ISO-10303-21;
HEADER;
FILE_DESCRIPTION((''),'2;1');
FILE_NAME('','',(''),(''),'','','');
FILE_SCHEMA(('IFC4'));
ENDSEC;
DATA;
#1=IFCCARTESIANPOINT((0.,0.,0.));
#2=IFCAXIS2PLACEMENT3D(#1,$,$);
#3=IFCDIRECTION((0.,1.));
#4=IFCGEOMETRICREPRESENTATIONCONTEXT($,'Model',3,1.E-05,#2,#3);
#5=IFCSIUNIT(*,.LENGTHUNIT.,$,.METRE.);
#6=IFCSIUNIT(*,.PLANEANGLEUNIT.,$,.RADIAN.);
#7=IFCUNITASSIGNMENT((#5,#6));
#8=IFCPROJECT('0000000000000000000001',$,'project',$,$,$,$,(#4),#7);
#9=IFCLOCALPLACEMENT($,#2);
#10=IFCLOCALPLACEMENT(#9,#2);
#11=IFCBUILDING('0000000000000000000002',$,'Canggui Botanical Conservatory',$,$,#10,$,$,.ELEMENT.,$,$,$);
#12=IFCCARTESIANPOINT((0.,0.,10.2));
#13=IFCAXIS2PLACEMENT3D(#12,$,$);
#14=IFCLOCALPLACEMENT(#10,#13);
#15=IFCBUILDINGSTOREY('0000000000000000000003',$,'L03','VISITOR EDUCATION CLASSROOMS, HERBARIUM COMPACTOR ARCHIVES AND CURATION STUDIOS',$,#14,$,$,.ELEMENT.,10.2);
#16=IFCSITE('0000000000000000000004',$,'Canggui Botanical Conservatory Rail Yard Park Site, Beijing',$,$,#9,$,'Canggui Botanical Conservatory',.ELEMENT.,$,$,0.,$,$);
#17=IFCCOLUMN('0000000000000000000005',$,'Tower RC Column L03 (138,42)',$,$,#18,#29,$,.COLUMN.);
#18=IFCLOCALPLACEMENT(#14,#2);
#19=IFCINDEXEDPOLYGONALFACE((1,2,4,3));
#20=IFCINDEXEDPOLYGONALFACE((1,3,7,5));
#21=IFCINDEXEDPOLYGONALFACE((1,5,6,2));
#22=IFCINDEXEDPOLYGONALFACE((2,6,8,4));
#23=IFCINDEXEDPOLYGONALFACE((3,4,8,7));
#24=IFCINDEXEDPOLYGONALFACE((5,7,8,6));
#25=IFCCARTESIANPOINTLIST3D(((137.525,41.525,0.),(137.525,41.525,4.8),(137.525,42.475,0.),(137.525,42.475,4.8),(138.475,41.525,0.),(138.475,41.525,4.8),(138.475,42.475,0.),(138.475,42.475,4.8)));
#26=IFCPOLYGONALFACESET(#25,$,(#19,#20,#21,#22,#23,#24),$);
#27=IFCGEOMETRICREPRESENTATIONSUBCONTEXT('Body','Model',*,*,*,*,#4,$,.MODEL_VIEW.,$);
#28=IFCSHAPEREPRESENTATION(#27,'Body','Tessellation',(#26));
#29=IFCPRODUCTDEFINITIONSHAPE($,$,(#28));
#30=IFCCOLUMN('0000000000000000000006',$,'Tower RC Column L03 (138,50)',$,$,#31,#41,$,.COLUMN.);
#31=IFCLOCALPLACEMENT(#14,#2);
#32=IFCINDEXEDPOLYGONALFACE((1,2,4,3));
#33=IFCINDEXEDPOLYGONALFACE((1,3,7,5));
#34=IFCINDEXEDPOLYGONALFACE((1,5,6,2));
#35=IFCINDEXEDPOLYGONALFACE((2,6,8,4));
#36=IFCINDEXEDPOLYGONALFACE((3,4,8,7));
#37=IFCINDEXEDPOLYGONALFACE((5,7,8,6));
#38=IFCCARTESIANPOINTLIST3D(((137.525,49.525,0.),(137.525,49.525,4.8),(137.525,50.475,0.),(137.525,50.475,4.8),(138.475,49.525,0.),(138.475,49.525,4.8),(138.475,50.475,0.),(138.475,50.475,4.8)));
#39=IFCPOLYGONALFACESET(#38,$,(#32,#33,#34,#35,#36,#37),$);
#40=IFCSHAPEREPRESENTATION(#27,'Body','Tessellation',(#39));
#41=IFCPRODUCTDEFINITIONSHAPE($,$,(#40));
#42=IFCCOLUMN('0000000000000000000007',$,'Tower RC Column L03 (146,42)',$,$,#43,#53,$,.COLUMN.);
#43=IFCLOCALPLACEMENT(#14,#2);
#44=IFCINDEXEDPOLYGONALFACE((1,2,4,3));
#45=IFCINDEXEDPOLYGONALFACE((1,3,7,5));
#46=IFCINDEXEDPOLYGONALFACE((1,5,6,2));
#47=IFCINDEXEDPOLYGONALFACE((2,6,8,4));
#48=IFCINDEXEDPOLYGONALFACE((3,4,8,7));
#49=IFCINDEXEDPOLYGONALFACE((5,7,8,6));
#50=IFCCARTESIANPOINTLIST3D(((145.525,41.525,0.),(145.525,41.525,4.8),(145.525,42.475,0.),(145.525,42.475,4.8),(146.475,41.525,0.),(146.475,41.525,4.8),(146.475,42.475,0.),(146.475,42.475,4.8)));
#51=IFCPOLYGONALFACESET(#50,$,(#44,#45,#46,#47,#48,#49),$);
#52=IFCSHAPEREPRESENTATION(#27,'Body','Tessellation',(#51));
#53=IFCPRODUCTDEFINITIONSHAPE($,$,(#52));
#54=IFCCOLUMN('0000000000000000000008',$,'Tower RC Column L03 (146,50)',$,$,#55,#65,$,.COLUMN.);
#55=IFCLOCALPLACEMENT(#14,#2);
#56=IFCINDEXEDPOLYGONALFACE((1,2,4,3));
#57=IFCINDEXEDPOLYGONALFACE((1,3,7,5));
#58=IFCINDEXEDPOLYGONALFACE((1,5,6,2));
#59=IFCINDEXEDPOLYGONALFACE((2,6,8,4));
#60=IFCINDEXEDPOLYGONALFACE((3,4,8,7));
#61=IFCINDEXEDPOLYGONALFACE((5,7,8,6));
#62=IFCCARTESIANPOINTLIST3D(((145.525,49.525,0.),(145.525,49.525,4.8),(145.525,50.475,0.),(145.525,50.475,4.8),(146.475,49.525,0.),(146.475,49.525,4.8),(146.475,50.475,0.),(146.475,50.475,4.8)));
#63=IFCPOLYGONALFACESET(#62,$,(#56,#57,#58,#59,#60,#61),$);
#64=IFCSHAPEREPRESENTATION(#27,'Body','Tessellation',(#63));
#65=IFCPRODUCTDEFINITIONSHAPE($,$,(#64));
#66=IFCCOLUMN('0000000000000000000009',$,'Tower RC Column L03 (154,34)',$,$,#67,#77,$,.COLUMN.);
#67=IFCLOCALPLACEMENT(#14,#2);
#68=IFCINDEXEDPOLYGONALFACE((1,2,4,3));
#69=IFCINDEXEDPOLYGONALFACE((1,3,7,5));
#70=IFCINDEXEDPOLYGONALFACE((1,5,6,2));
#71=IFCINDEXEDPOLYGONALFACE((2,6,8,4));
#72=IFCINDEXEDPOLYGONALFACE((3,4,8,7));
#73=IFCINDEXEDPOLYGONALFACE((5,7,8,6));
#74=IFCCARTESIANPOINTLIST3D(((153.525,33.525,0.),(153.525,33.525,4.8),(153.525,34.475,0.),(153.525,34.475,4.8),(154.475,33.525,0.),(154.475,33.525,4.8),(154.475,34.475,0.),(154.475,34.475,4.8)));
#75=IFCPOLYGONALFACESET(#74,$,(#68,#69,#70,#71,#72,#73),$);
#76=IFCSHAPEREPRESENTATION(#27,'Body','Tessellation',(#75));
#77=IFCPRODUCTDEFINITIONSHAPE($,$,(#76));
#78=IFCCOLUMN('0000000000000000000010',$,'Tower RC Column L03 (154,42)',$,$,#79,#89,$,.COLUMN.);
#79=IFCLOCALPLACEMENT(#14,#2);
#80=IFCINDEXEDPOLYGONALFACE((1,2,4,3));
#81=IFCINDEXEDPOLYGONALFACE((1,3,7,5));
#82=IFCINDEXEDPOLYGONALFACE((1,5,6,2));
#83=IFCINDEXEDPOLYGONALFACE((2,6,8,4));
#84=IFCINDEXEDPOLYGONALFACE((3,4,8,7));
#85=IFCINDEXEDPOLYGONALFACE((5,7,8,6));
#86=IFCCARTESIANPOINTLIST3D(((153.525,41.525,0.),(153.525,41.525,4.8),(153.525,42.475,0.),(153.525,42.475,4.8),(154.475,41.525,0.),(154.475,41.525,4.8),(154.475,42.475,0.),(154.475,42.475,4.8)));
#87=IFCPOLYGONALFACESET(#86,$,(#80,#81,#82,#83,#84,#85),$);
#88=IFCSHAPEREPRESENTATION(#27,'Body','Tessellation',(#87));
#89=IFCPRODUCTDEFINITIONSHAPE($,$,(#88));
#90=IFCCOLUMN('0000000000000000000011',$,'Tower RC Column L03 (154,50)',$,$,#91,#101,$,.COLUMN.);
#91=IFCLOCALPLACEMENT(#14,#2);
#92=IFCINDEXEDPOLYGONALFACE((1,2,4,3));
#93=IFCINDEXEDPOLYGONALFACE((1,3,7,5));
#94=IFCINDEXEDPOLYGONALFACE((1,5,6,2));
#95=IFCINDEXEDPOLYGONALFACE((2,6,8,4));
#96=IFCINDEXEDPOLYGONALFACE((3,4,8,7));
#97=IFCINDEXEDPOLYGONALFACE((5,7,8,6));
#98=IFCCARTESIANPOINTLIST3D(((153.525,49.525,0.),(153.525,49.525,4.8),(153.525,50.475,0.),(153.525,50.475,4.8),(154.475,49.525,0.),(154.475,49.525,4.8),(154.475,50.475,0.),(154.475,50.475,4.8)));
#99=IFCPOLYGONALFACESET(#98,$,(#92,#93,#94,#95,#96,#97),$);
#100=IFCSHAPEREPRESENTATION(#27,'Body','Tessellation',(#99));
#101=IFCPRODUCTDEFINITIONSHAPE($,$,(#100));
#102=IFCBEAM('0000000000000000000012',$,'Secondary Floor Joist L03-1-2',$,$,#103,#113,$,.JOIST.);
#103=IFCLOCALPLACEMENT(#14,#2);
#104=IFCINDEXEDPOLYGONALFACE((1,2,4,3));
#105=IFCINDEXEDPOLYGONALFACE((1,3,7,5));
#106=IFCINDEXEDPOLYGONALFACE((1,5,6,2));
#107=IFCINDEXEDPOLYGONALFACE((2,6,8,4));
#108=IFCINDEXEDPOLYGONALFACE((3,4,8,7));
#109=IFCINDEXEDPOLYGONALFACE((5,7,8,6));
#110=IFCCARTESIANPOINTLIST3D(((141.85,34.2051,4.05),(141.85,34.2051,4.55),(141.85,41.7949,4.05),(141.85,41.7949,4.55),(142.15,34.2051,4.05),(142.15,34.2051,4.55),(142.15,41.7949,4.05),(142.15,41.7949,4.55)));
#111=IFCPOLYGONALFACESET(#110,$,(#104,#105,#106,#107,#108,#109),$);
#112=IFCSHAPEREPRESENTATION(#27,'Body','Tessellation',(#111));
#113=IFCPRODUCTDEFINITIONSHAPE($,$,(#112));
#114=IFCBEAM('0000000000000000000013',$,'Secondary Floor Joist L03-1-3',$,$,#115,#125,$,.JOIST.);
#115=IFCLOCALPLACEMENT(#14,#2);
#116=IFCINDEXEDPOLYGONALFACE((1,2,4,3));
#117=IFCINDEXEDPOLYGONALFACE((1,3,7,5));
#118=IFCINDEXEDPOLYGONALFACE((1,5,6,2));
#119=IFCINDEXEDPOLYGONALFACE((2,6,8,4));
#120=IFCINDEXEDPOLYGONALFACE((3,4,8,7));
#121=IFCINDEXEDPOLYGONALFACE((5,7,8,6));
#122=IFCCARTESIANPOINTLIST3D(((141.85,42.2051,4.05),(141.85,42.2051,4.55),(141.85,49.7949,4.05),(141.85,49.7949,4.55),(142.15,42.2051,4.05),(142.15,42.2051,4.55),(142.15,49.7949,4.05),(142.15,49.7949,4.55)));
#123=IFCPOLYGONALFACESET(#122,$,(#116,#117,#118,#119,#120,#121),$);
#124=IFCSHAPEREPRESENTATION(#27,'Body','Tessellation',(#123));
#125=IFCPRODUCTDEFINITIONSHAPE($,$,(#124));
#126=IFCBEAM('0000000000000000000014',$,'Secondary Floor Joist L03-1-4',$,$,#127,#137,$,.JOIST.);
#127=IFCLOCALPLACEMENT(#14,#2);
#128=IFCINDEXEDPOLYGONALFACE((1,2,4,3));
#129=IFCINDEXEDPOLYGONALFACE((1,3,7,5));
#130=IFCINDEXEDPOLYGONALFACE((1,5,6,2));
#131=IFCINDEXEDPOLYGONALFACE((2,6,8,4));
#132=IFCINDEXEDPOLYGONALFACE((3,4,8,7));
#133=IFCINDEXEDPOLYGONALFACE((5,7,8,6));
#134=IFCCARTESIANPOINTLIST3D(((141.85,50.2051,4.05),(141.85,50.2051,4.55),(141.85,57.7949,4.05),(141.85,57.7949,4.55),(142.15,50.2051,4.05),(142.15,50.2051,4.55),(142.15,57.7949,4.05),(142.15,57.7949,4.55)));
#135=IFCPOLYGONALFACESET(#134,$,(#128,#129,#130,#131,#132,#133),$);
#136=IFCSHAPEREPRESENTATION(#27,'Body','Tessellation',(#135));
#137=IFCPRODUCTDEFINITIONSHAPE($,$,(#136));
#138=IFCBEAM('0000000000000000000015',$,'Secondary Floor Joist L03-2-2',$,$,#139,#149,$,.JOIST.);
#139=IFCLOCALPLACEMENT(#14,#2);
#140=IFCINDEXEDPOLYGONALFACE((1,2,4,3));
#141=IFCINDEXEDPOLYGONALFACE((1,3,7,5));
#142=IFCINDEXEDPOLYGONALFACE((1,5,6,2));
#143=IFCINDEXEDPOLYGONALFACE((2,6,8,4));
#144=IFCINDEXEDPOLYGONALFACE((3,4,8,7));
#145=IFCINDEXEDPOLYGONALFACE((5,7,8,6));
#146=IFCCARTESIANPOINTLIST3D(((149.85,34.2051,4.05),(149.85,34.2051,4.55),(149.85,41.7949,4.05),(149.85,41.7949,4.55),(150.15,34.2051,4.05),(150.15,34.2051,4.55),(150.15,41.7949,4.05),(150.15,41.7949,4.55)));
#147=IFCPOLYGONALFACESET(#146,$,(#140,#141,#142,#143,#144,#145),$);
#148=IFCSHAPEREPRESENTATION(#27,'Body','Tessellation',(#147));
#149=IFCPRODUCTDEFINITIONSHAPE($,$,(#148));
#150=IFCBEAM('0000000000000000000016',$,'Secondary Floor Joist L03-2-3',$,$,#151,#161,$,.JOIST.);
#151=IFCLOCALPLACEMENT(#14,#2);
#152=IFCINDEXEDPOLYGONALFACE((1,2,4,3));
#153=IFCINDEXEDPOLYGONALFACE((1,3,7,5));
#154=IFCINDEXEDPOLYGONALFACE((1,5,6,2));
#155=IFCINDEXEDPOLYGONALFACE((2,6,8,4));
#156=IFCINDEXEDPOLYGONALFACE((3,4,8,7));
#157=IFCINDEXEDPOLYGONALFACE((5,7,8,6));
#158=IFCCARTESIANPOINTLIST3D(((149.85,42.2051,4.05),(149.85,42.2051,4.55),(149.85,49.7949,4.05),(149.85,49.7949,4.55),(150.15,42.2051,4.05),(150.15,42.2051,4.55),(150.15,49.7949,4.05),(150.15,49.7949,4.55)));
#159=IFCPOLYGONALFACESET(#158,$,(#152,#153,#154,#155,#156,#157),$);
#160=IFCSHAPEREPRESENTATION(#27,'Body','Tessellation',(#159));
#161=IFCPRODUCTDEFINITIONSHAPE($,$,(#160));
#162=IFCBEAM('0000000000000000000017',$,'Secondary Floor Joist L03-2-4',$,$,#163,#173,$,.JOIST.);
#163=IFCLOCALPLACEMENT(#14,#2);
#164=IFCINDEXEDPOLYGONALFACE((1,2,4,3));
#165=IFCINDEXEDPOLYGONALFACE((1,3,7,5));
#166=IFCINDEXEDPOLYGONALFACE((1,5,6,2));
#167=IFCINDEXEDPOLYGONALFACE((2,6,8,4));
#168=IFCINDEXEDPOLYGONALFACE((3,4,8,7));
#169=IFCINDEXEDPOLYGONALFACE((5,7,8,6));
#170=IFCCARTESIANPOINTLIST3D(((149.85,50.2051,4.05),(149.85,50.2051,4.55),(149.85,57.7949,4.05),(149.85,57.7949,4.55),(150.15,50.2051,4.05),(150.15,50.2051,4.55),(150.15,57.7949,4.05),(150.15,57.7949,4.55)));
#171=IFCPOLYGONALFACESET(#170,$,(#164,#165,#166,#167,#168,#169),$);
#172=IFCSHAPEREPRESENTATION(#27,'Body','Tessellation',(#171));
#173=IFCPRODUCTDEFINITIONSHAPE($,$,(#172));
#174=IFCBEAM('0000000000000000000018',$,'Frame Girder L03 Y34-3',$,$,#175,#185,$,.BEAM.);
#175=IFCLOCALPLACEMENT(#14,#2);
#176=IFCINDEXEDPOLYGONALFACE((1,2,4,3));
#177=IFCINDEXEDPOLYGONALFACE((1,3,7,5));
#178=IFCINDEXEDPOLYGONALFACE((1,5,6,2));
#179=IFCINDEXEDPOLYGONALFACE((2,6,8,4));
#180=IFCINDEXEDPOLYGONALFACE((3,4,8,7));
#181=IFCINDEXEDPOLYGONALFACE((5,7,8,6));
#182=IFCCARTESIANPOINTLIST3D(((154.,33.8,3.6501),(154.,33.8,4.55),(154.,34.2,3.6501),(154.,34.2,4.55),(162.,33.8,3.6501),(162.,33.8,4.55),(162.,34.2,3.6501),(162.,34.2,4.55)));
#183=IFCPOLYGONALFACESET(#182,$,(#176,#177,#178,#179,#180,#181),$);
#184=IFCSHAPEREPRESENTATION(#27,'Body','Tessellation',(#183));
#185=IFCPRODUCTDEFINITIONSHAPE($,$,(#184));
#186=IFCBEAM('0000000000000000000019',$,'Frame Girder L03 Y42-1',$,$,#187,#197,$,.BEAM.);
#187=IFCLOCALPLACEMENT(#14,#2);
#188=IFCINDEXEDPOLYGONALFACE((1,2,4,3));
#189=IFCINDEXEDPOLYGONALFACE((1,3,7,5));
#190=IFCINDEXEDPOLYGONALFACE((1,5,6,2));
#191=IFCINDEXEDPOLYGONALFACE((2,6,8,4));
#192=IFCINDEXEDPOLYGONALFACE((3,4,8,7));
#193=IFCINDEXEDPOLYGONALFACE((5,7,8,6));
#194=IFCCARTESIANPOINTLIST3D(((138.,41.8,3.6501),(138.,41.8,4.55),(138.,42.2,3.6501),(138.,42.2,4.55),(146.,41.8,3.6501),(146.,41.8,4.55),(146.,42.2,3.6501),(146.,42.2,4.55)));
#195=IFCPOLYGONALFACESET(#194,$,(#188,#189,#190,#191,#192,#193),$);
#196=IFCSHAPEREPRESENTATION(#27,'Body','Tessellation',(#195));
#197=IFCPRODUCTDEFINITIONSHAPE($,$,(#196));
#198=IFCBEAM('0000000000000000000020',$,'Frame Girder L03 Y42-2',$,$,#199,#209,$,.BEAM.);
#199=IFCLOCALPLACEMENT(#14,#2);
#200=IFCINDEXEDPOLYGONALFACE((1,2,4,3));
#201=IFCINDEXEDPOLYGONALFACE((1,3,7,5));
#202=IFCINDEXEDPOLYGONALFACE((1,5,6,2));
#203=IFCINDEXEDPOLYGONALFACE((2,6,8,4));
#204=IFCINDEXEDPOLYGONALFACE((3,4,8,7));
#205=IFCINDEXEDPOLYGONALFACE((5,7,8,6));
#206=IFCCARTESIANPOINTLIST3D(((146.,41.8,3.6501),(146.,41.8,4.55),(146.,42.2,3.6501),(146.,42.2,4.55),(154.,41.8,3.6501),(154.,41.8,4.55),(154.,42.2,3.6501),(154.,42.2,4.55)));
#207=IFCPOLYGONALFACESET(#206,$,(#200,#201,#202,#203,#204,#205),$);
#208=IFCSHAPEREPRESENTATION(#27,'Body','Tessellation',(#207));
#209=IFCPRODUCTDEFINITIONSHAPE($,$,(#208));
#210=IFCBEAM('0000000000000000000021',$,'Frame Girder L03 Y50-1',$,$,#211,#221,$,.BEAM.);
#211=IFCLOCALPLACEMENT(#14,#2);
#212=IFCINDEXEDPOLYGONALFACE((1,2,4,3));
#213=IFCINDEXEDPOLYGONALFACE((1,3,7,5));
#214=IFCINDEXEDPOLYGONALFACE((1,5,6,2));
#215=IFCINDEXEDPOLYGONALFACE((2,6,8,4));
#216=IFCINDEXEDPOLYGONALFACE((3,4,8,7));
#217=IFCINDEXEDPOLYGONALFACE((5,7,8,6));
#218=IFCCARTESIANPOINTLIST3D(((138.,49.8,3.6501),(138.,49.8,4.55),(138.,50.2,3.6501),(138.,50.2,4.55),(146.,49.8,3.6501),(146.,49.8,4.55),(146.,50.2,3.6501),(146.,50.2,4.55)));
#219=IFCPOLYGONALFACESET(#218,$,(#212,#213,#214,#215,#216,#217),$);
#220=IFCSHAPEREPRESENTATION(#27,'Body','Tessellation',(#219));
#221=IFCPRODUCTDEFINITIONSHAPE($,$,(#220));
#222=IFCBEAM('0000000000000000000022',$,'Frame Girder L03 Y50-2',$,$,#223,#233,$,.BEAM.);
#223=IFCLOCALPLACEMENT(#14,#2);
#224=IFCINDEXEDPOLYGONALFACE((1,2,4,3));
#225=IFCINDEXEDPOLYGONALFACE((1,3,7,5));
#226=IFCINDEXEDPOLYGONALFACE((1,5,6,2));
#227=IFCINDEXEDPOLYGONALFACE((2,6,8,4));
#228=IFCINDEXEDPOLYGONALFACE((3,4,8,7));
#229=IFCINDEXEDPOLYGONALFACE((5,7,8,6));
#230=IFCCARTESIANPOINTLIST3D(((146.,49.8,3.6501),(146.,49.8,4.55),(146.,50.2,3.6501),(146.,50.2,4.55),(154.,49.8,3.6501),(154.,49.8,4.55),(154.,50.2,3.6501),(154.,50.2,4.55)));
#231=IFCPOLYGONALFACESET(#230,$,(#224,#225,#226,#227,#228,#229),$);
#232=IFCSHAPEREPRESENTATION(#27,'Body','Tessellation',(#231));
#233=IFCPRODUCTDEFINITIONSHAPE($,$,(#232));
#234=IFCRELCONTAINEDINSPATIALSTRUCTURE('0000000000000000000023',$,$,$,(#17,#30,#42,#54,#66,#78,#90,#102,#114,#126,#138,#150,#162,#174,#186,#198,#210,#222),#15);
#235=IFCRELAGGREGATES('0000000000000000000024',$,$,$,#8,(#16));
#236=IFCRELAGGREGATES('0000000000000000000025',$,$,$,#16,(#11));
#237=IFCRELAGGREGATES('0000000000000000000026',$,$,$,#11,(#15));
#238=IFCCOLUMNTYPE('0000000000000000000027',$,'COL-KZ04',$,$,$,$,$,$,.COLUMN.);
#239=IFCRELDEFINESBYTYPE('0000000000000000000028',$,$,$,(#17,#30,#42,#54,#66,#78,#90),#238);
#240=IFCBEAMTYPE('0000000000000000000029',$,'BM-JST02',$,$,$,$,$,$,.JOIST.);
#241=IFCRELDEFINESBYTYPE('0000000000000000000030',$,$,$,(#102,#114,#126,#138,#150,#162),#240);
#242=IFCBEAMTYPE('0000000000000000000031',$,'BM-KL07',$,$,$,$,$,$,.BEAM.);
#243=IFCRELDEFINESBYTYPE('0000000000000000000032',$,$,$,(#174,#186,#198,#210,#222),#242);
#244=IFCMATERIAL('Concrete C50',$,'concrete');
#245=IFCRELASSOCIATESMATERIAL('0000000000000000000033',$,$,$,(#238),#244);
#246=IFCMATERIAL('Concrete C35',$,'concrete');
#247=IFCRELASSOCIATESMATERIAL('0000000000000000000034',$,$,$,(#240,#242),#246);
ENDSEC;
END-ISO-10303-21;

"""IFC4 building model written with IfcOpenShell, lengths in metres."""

from ifc_helpers import new_model, si_unit, direction, frame, origin, origin_2d, place, context, subcontext, project, spatial, rectangle, extrude, material, material_profile, profile_set, type_object, element, save


model = new_model("IFC4")

# Units and contexts
model_context = context("Model", 3, precision=1e-05, world=origin(), true_north=direction((0.0, 1.0)))
body_context = subcontext(model_context, "Body", "Model", "MODEL_VIEW")
ifc_project = project(units=[si_unit("LENGTHUNIT", "METRE"), si_unit("PLANEANGLEUNIT", "RADIAN")], contexts=[model_context])

# Site, building, storey
site_placement = place(None, origin())
site = spatial("IfcSite", under=ifc_project, at=site_placement, Name="Canggui Botanical Conservatory Rail Yard Park Site, Beijing", LongName="Canggui Botanical Conservatory", CompositionType="ELEMENT", RefElevation=0.0)
building_placement = place(site_placement, origin())
building = spatial("IfcBuilding", under=site, at=building_placement, Name="Canggui Botanical Conservatory", CompositionType="ELEMENT")
storey_placement = place(building_placement, frame((0.0, 0.0, 10.2)))
storey = spatial("IfcBuildingStorey", under=building, at=storey_placement, Name="L03", Description="VISITOR EDUCATION CLASSROOMS, HERBARIUM COMPACTOR ARCHIVES AND CURATION STUDIOS", CompositionType="ELEMENT", Elevation=10.2)

# Columns
ifc_material_1 = material(Name="Concrete C50", Category="concrete")
ifc_material_profile_1 = material_profile(ifc_material_1, rectangle(XDim=0.95, YDim=0.95, at=origin_2d()), Name="RC 950x950")
ifc_profile_set_1 = profile_set([ifc_material_profile_1], Name="Concrete C50")
column_type = type_object("IfcColumnType", Name="COL-KZ04", PredefinedType="COLUMN", material=ifc_profile_set_1)
for number, where, z_axis, x_axis, name in (
    (1, (138.0, 42.0, 0.0), (0.0, 0.0, 1.0), (1.0, 0.0, 0.0), "Tower RC Column L03 (138,42)"),
    (2, (138.0, 50.0, 0.0), (0.0, 0.0, 1.0), (1.0, 0.0, 0.0), "Tower RC Column L03 (138,50)"),
    (3, (146.0, 42.0, 0.0), (0.0, 0.0, 1.0), (1.0, 0.0, 0.0), "Tower RC Column L03 (146,42)"),
    (4, (146.0, 50.0, 0.0), (0.0, 0.0, 1.0), (1.0, 0.0, 0.0), "Tower RC Column L03 (146,50)"),
    (5, (154.0, 34.0, 0.0), (0.0, 0.0, 1.0), (1.0, 0.0, 0.0), "Tower RC Column L03 (154,34)"),
    (6, (154.0, 42.0, 0.0), (0.0, 0.0, 1.0), (1.0, 0.0, 0.0), "Tower RC Column L03 (154,42)"),
    (7, (154.0, 50.0, 0.0), (0.0, 0.0, 1.0), (1.0, 0.0, 0.0), "Tower RC Column L03 (154,50)"),
):
    element("IfcColumn", number, at=place(storey_placement, frame(where, z_axis=z_axis, x_axis=x_axis)), inside=storey, type_object=column_type, Name=name, PredefinedType="COLUMN", context=body_context, shape_type="SweptSolid", body=[
        extrude(rectangle(XDim=0.95, YDim=0.95, at=origin_2d()), origin(), (0.0, 0.0, 1.0), 4.8),
    ])

# Beams
ifc_material_2 = material(Name="Concrete C35", Category="concrete")
ifc_material_profile_2 = material_profile(ifc_material_2, rectangle(XDim=0.3, YDim=0.5, at=origin_2d()), Name="RB 300x500")
ifc_profile_set_2 = profile_set([ifc_material_profile_2], Name="Concrete C35")
beam_type_1 = type_object("IfcBeamType", Name="BM-JST02", PredefinedType="JOIST", material=ifc_profile_set_2)
for number, where, z_axis, x_axis, name in (
    (8, (142.0, 34.2051, 4.3), (0.0, 1.0, 0.0), (-1.0, 0.0, 0.0), "Secondary Floor Joist L03-1-2"),
    (9, (142.0, 42.2051, 4.3), (0.0, 1.0, 0.0), (-1.0, 0.0, 0.0), "Secondary Floor Joist L03-1-3"),
    (10, (142.0, 50.2051, 4.3), (0.0, 1.0, 0.0), (-1.0, 0.0, 0.0), "Secondary Floor Joist L03-1-4"),
    (11, (150.0, 34.2051, 4.3), (0.0, 1.0, 0.0), (-1.0, 0.0, 0.0), "Secondary Floor Joist L03-2-2"),
    (12, (150.0, 42.2051, 4.3), (0.0, 1.0, 0.0), (-1.0, 0.0, 0.0), "Secondary Floor Joist L03-2-3"),
    (13, (150.0, 50.2051, 4.3), (0.0, 1.0, 0.0), (-1.0, 0.0, 0.0), "Secondary Floor Joist L03-2-4"),
):
    element("IfcBeam", number, at=place(storey_placement, frame(where, z_axis=z_axis, x_axis=x_axis)), inside=storey, type_object=beam_type_1, Name=name, PredefinedType="JOIST", context=body_context, shape_type="SweptSolid", body=[
        extrude(rectangle(XDim=0.3, YDim=0.5, at=origin_2d()), origin(), (0.0, 0.0, 1.0), 7.5898),
    ])
ifc_material_profile_3 = material_profile(ifc_material_2, rectangle(XDim=0.3999, YDim=0.8999, at=origin_2d()), Name="RB 400x900")
ifc_profile_set_3 = profile_set([ifc_material_profile_3], Name="Concrete C35")
beam_type_2 = type_object("IfcBeamType", Name="BM-KL07", PredefinedType="BEAM", material=ifc_profile_set_3)
for number, where, z_axis, x_axis, name in (
    (14, (154.0, 34.0, 4.1001), (1.0, 0.0, 0.0), (0.0, 1.0, 0.0), "Frame Girder L03 Y34-3"),
    (15, (138.0, 42.0, 4.1001), (1.0, 0.0, 0.0), (0.0, 1.0, 0.0), "Frame Girder L03 Y42-1"),
    (16, (146.0, 42.0, 4.1001), (1.0, 0.0, 0.0), (0.0, 1.0, 0.0), "Frame Girder L03 Y42-2"),
    (17, (138.0, 50.0, 4.1001), (1.0, 0.0, 0.0), (0.0, 1.0, 0.0), "Frame Girder L03 Y50-1"),
    (18, (146.0, 50.0, 4.1001), (1.0, 0.0, 0.0), (0.0, 1.0, 0.0), "Frame Girder L03 Y50-2"),
):
    element("IfcBeam", number, at=place(storey_placement, frame(where, z_axis=z_axis, x_axis=x_axis)), inside=storey, type_object=beam_type_2, Name=name, PredefinedType="BEAM", context=body_context, shape_type="SweptSolid", body=[
        extrude(rectangle(XDim=0.3999, YDim=0.8999, at=origin_2d()), origin(), (0.0, 0.0, 1.0), 8.0),
    ])

save(model, "model.ifc")
